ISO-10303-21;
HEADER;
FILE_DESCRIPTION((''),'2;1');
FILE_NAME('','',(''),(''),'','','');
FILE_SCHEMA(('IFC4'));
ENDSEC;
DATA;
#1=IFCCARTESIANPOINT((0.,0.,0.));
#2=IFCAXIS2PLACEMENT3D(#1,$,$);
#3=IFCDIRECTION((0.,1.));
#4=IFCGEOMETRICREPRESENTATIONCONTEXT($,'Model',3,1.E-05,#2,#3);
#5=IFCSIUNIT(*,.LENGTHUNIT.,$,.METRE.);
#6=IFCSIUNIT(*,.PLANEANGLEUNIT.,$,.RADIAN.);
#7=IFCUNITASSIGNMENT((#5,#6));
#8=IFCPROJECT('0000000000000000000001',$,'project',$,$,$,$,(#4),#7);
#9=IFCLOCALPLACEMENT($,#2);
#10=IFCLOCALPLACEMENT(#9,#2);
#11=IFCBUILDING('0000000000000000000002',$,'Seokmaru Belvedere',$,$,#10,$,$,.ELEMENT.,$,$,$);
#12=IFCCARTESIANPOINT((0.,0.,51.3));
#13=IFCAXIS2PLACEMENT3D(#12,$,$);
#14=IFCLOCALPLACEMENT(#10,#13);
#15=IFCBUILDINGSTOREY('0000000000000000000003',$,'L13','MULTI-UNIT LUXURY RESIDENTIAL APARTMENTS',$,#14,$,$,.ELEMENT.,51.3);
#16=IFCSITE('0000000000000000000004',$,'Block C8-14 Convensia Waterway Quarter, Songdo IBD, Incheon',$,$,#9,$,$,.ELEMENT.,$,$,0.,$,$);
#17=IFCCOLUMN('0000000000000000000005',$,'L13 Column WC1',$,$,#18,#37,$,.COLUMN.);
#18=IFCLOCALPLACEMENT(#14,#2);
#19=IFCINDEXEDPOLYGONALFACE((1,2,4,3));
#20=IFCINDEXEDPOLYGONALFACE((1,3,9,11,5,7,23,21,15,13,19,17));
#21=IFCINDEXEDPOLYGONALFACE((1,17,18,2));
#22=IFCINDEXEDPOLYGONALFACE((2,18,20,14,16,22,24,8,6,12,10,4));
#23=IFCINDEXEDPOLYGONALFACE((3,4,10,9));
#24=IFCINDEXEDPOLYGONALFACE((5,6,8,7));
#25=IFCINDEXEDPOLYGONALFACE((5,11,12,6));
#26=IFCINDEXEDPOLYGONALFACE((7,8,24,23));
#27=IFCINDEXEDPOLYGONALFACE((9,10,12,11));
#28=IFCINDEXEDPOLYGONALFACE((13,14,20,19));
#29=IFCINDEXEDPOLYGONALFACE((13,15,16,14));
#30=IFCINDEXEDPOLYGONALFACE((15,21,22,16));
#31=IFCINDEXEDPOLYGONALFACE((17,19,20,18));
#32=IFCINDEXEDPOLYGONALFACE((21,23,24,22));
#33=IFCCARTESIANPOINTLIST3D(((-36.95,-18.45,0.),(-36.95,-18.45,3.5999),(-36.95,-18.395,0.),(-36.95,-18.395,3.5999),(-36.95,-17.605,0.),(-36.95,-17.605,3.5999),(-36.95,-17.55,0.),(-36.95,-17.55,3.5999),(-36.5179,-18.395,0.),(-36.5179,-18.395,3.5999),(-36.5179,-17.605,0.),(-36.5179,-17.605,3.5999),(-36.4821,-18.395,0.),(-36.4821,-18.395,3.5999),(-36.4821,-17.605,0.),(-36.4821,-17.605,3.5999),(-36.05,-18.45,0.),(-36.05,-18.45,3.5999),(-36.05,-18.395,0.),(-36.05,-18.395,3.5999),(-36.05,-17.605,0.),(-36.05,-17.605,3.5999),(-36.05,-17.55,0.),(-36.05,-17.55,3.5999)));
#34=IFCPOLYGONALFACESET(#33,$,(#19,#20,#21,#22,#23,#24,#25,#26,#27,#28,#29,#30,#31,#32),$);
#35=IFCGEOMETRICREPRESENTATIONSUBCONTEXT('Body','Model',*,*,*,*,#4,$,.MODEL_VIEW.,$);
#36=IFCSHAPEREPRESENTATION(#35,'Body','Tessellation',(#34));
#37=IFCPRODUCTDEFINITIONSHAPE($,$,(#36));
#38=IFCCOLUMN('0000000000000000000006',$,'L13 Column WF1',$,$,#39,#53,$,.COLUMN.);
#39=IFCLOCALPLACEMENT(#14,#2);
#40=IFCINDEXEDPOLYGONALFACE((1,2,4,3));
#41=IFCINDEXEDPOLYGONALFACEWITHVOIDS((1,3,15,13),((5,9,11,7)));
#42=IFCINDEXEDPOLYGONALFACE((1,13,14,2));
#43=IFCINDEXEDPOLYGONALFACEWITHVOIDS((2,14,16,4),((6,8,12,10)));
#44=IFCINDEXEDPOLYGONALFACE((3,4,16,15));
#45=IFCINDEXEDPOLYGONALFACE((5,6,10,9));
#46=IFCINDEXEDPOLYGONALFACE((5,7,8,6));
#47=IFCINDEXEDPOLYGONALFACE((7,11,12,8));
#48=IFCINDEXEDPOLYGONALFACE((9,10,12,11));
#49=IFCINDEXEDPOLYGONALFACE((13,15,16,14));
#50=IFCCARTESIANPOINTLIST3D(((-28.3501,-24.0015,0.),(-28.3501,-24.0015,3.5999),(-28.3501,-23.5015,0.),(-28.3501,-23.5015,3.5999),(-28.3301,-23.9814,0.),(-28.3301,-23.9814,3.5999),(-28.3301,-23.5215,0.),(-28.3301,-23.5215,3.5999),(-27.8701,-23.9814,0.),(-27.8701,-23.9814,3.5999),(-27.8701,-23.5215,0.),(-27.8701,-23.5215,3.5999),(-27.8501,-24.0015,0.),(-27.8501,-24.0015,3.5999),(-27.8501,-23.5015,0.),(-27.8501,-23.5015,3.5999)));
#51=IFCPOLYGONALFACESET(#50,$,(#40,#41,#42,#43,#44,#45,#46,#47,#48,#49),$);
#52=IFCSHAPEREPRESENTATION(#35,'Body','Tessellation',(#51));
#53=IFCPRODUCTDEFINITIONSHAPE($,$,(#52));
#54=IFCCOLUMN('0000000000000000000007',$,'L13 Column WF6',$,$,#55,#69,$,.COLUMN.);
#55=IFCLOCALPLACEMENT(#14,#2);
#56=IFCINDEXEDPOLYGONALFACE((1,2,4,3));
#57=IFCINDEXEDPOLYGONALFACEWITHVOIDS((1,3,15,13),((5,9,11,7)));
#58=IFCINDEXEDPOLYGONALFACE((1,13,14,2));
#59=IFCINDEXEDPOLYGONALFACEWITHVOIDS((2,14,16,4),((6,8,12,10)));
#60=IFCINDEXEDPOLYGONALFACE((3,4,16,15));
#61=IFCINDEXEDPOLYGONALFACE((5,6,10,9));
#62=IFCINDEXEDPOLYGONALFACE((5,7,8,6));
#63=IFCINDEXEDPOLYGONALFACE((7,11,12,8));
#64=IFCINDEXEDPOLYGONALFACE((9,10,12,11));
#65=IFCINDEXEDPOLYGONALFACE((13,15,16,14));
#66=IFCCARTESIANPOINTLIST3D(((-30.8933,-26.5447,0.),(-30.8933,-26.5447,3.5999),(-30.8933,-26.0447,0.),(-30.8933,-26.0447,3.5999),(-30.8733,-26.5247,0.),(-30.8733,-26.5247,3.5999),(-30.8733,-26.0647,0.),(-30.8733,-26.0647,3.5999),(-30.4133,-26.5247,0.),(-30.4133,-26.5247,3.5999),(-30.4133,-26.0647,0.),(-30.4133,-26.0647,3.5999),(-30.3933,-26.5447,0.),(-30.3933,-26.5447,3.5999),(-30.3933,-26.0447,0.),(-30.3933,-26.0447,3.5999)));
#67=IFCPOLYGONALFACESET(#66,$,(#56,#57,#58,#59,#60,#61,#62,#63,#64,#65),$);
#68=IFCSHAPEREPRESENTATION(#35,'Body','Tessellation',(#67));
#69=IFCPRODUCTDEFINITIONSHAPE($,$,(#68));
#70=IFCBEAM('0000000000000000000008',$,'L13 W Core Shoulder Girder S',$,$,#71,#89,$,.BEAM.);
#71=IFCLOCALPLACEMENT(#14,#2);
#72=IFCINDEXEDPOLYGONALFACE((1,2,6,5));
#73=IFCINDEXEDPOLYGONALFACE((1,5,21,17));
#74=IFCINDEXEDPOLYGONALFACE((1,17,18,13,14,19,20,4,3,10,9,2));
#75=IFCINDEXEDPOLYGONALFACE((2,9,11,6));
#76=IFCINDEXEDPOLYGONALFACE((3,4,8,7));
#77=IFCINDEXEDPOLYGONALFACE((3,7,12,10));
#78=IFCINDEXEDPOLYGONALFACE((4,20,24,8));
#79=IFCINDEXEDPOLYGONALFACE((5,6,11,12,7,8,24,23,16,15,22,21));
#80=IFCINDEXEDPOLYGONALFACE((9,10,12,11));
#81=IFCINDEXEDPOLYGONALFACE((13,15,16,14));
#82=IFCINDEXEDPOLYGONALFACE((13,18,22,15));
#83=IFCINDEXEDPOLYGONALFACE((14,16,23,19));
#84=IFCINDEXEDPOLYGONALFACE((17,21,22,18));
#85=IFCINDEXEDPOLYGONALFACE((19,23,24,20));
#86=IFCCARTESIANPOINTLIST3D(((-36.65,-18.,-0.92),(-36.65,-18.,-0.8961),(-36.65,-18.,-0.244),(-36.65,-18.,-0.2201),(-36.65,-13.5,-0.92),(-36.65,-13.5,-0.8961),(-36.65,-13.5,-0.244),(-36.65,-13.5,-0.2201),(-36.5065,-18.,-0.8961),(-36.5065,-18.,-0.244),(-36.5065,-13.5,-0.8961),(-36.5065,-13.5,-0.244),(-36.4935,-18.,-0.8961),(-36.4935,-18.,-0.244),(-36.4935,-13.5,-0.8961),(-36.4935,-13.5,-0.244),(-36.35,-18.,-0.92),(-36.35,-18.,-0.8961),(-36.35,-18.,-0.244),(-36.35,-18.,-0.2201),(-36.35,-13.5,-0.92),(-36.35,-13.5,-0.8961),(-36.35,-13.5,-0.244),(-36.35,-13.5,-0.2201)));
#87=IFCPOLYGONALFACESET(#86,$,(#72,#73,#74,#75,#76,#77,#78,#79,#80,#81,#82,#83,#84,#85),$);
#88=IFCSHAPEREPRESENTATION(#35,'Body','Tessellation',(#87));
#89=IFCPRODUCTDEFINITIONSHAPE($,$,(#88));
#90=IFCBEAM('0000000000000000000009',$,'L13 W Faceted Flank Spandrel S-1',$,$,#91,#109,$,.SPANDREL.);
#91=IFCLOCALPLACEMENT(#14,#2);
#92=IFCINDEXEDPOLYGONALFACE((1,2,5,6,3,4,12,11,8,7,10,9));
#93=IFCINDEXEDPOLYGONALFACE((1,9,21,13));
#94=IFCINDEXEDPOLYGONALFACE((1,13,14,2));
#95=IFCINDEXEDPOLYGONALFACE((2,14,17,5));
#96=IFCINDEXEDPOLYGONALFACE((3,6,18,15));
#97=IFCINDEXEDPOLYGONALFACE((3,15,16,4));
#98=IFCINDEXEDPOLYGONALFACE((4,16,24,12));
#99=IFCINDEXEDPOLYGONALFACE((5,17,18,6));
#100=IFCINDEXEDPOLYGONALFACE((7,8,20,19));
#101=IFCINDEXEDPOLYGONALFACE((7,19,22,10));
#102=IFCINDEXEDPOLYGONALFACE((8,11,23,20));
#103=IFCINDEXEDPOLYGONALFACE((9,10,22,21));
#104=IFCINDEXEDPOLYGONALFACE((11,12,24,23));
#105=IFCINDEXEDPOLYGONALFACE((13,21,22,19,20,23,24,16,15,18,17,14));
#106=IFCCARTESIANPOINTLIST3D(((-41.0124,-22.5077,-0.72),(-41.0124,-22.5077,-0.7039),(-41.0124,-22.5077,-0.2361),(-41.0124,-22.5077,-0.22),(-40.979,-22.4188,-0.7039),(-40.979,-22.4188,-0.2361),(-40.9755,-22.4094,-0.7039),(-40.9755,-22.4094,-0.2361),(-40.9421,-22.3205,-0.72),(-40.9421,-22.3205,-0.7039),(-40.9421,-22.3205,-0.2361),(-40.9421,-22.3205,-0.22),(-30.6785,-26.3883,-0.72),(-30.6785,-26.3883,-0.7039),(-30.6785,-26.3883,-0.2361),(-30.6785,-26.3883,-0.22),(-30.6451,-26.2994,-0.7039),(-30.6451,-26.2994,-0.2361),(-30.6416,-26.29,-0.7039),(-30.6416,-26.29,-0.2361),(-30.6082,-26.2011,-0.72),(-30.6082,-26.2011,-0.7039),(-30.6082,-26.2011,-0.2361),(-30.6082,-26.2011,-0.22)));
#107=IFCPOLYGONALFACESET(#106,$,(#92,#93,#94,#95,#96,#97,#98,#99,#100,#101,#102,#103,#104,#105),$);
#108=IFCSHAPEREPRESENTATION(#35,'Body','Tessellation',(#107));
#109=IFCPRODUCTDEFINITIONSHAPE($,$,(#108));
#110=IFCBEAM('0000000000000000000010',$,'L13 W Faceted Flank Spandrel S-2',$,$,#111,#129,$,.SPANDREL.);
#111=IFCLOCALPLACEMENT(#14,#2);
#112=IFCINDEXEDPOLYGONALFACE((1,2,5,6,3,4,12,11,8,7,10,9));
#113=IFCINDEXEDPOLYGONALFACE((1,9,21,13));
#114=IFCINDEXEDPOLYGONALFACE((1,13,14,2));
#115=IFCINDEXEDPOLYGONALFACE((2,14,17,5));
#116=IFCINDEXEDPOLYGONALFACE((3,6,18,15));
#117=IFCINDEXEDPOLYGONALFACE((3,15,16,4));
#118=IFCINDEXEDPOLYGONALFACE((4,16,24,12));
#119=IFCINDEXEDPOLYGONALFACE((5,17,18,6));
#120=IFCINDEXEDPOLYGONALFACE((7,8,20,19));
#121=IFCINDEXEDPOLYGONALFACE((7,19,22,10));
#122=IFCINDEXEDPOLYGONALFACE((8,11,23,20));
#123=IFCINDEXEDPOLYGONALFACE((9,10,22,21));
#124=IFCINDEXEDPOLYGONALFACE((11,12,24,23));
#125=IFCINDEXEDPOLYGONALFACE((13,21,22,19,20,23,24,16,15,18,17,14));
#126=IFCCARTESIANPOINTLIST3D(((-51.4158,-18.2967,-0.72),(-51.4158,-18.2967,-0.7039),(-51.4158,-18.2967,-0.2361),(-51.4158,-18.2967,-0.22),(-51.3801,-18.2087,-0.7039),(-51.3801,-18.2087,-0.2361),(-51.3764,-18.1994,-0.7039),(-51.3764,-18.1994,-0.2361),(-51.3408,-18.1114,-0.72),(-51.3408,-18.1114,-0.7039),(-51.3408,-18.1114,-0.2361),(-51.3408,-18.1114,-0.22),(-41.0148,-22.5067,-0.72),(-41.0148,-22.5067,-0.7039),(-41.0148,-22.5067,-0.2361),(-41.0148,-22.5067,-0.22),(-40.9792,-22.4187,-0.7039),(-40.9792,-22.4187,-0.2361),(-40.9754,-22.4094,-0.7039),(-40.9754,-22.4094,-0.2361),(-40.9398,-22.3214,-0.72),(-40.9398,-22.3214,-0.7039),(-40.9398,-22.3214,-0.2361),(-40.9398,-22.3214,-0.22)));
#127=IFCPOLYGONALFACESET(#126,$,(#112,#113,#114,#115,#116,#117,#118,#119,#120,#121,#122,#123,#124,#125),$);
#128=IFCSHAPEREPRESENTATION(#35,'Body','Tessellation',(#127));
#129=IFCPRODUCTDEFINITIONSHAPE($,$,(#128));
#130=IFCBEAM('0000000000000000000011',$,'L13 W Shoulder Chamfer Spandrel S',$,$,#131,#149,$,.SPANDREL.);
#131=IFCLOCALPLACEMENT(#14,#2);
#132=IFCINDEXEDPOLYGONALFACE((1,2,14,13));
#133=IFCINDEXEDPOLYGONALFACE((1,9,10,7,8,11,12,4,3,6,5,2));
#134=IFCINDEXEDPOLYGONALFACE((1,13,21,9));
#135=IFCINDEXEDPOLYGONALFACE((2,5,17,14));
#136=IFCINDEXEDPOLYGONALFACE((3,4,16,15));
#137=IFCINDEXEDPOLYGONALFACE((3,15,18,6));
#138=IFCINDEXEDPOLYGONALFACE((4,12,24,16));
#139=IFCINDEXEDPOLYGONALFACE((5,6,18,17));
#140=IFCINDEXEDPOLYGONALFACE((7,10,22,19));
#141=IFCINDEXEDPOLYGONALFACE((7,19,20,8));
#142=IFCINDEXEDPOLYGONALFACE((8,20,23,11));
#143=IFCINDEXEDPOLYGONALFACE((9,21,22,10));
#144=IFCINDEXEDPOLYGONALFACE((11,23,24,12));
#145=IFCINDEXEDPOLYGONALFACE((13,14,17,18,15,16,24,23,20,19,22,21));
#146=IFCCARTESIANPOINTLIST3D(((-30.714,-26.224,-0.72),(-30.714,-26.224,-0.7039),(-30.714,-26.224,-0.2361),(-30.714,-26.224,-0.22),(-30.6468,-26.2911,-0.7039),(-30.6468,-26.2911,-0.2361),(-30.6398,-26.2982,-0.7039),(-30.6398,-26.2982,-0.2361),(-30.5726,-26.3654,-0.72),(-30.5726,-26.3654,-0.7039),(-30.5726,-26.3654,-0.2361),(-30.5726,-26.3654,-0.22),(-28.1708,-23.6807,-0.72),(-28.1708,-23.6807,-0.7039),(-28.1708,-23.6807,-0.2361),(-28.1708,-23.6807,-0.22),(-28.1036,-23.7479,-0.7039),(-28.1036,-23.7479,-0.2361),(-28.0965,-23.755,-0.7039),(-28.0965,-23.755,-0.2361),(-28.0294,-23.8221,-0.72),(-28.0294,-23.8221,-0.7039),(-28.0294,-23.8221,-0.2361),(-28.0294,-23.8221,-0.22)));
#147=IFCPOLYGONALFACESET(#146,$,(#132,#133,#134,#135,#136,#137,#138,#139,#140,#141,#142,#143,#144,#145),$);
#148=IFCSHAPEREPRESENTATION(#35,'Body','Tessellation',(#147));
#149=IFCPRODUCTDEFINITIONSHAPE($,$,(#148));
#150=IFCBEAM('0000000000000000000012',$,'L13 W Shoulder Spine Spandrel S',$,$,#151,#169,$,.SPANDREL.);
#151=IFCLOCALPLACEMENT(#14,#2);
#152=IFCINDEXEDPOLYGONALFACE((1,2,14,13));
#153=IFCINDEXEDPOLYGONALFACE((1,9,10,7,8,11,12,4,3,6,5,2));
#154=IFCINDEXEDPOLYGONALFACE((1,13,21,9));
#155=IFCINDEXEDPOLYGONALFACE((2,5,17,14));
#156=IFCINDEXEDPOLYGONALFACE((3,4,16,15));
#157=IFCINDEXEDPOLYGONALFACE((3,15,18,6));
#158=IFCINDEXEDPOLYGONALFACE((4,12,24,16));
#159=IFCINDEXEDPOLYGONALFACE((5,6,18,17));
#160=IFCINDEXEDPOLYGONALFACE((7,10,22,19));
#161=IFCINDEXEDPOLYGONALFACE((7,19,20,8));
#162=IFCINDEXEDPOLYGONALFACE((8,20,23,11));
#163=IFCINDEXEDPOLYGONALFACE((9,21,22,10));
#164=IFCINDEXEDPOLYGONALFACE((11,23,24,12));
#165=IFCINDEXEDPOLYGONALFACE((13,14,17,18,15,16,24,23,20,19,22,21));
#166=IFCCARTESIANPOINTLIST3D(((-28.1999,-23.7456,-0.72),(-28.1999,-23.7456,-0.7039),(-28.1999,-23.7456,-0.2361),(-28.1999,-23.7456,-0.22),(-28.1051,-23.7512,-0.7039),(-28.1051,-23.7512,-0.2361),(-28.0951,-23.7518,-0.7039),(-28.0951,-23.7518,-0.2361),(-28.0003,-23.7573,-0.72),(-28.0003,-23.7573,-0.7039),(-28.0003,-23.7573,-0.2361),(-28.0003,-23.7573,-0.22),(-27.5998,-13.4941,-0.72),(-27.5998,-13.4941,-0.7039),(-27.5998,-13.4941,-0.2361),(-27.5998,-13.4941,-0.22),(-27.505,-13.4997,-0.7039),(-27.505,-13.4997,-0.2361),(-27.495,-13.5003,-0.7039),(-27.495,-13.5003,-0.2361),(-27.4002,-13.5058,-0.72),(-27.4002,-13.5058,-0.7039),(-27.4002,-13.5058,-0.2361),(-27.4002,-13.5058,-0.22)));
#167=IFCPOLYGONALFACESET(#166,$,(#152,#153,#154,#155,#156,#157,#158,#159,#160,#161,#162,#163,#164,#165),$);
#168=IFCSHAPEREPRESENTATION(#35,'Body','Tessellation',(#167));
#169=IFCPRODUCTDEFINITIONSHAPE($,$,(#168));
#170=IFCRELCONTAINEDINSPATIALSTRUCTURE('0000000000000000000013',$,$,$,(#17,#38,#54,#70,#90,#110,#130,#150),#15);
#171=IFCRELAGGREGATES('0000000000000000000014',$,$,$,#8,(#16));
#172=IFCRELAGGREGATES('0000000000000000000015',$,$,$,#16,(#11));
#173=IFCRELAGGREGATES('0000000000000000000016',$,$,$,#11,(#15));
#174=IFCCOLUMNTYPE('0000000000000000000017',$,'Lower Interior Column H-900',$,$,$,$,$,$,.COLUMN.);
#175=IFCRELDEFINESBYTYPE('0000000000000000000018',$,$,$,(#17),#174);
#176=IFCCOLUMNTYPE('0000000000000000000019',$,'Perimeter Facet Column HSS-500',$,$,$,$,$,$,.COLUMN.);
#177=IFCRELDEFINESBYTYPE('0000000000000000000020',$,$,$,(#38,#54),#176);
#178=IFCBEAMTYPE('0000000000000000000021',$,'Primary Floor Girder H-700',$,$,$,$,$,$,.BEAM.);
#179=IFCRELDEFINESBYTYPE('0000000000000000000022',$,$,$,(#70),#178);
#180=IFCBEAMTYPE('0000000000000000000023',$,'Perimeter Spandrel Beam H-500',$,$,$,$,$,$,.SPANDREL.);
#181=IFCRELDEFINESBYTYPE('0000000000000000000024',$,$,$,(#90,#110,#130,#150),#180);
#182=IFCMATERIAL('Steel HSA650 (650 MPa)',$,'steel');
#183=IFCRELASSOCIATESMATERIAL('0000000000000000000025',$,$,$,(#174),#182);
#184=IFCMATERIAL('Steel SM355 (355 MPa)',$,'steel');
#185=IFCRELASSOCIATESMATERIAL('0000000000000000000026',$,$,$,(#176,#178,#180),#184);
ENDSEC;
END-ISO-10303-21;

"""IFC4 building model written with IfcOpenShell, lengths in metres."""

from ifc_helpers import new_model, si_unit, direction, frame, origin, origin_2d, place, context, subcontext, project, spatial, hollow_rectangle, i_section, extrude, source, transform, mapped, material, material_profile, profile_set, type_object, type_shapes, element, save


model = new_model("IFC4")

# Units and contexts
model_context = context("Model", 3, precision=1e-05, world=origin(), true_north=direction((0.0, 1.0)))
body_context = subcontext(model_context, "Body", "Model", "MODEL_VIEW")
ifc_project = project(units=[si_unit("LENGTHUNIT", "METRE"), si_unit("PLANEANGLEUNIT", "RADIAN")], contexts=[model_context])

# Site, building, storey
site_placement = place(None, origin())
site = spatial("IfcSite", under=ifc_project, at=site_placement, Name="Block C8-14 Convensia Waterway Quarter, Songdo IBD, Incheon", CompositionType="ELEMENT", RefElevation=0.0)
building_placement = place(site_placement, origin())
building = spatial("IfcBuilding", under=site, at=building_placement, Name="Seokmaru Belvedere", CompositionType="ELEMENT")
storey_placement = place(building_placement, frame((0.0, 0.0, 51.3)))
storey = spatial("IfcBuildingStorey", under=building, at=storey_placement, Name="L13", Description="MULTI-UNIT LUXURY RESIDENTIAL APARTMENTS", CompositionType="ELEMENT", Elevation=51.3)

# Columns
ifc_material_1 = material(Name="Steel HSA650 (650 MPa)", Category="steel")
ifc_material_profile_1 = material_profile(ifc_material_1, i_section(OverallWidth=0.8999, OverallDepth=0.8999, WebThickness=0.0359, FlangeThickness=0.0549, at=origin_2d()), Name="H-900x900x36x55")
ifc_profile_set_1 = profile_set([ifc_material_profile_1], Name="Steel HSA650 (650 MPa)")
column_type_1 = type_object("IfcColumnType", Name="Lower Interior Column H-900", PredefinedType="COLUMN", material=ifc_profile_set_1)
shared_shape_1 = source(origin(), body_context, "Body", "SweptSolid", [
    extrude(i_section(OverallWidth=0.8999, OverallDepth=0.8999, WebThickness=0.0359, FlangeThickness=0.0549, at=origin_2d()), origin(), (0.0, 0.0, 1.0), 3.5999),
])
type_shapes(column_type_1, [shared_shape_1])
column_placement = place(storey_placement, frame((-36.5, -18.0, 0.0), z_axis=(0.0, 0.0, 1.0), x_axis=(1.0, 0.0, 0.0)))
element("IfcColumn", 1, at=column_placement, inside=storey, type_object=column_type_1, Name="L13 Column WC1", PredefinedType="COLUMN", context=body_context, shape_type="MappedRepresentation", body=[
    mapped(shared_shape_1, transform((0.0, 0.0, 0.0), scale=1.0)),
])
ifc_material_2 = material(Name="Steel SM355 (355 MPa)", Category="steel")
ifc_material_profile_2 = material_profile(ifc_material_2, hollow_rectangle(XDim=0.5, YDim=0.5, WallThickness=0.02, at=origin_2d()), Name="HSS-500x500x20")
ifc_profile_set_2 = profile_set([ifc_material_profile_2], Name="Steel SM355 (355 MPa)")
column_type_2 = type_object("IfcColumnType", Name="Perimeter Facet Column HSS-500", PredefinedType="COLUMN", material=ifc_profile_set_2)
shared_shape_2 = source(origin(), body_context, "Body", "SweptSolid", [
    extrude(hollow_rectangle(XDim=0.5, YDim=0.5, WallThickness=0.02, at=origin_2d()), origin(), (0.0, 0.0, 1.0), 3.5999),
])
type_shapes(column_type_2, [shared_shape_2])
for number, where, z_axis, x_axis, name in (
    (2, (-28.1001, -23.7515, 0.0), (0.0, 0.0, 1.0), (1.0, 0.0, 0.0), "L13 Column WF1"),
    (3, (-30.6433, -26.2947, 0.0), (0.0, 0.0, 1.0), (1.0, 0.0, 0.0), "L13 Column WF6"),
):
    element("IfcColumn", number, at=place(storey_placement, frame(where, z_axis=z_axis, x_axis=x_axis)), inside=storey, type_object=column_type_2, Name=name, PredefinedType="COLUMN", context=body_context, shape_type="MappedRepresentation", body=[
        mapped(shared_shape_2, transform((0.0, 0.0, 0.0), scale=1.0)),
    ])

# Beams
ifc_material_profile_3 = material_profile(ifc_material_2, i_section(OverallWidth=0.3, OverallDepth=0.7, WebThickness=0.0129, FlangeThickness=0.0239, at=origin_2d()), Name="H-700x300x13x24")
ifc_profile_set_3 = profile_set([ifc_material_profile_3], Name="Steel SM355 (355 MPa)")
beam_type_1 = type_object("IfcBeamType", Name="Primary Floor Girder H-700", PredefinedType="BEAM", material=ifc_profile_set_3)
shared_shape_3 = source(origin(), body_context, "Body", "SweptSolid", [
    extrude(i_section(OverallWidth=0.3, OverallDepth=0.7, WebThickness=0.0129, FlangeThickness=0.0239, at=origin_2d()), origin(), (0.0, 0.0, 1.0), 4.5),
])
beam_1_placement = place(storey_placement, frame((-36.5, -18.0, -0.5701), z_axis=(0.0, 1.0, 0.0), x_axis=(-1.0, 0.0, 0.0)))
element("IfcBeam", 4, at=beam_1_placement, inside=storey, type_object=beam_type_1, Name="L13 W Core Shoulder Girder S", PredefinedType="BEAM", context=body_context, shape_type="MappedRepresentation", body=[
    mapped(shared_shape_3, transform((0.0, 0.0, 0.0), scale=1.0)),
])
ifc_material_profile_4 = material_profile(ifc_material_2, i_section(OverallWidth=0.2, OverallDepth=0.5, WebThickness=0.01, FlangeThickness=0.0161, at=origin_2d()), Name="H-500x200x10x16")
ifc_profile_set_4 = profile_set([ifc_material_profile_4], Name="Steel SM355 (355 MPa)")
beam_type_2 = type_object("IfcBeamType", Name="Perimeter Spandrel Beam H-500", PredefinedType="SPANDREL", material=ifc_profile_set_4)
shared_shape_4 = source(origin(), body_context, "Body", "SweptSolid", [
    extrude(i_section(OverallWidth=0.2, OverallDepth=0.5, WebThickness=0.01, FlangeThickness=0.0161, at=origin_2d()), origin(), (0.0, 0.0, 1.0), 11.0386),
])
beam_2_placement = place(storey_placement, frame((-30.6433, -26.2947, -0.47), z_axis=(-0.936169, 0.35155, 0.0), x_axis=(-0.35155, -0.936169, 0.0)))
element("IfcBeam", 5, at=beam_2_placement, inside=storey, type_object=beam_type_2, Name="L13 W Faceted Flank Spandrel S-1", PredefinedType="SPANDREL", context=body_context, shape_type="MappedRepresentation", body=[
    mapped(shared_shape_4, transform((0.0, 0.0, 0.0), scale=1.0)),
])
shared_shape_5 = source(origin(), body_context, "Body", "SweptSolid", [
    extrude(i_section(OverallWidth=0.2, OverallDepth=0.5, WebThickness=0.01, FlangeThickness=0.0161, at=origin_2d()), origin(), (0.0, 0.0, 1.0), 11.2207),
])
beam_3_placement = place(storey_placement, frame((-40.9773, -22.4141, -0.47), z_axis=(-0.926944, 0.375199, 0.0), x_axis=(-0.375199, -0.926944, 0.0)))
element("IfcBeam", 6, at=beam_3_placement, inside=storey, type_object=beam_type_2, Name="L13 W Faceted Flank Spandrel S-2", PredefinedType="SPANDREL", context=body_context, shape_type="MappedRepresentation", body=[
    mapped(shared_shape_5, transform((0.0, 0.0, 0.0), scale=1.0)),
])
shared_shape_6 = source(origin(), body_context, "Body", "SweptSolid", [
    extrude(i_section(OverallWidth=0.2, OverallDepth=0.5, WebThickness=0.01, FlangeThickness=0.0161, at=origin_2d()), origin(), (0.0, 0.0, 1.0), 3.5967),
])
beam_4_placement = place(storey_placement, frame((-30.6433, -26.2947, -0.47), z_axis=(0.707107, 0.707107, 0.0), x_axis=(-0.707107, 0.707107, 0.0)))
element("IfcBeam", 7, at=beam_4_placement, inside=storey, type_object=beam_type_2, Name="L13 W Shoulder Chamfer Spandrel S", PredefinedType="SPANDREL", context=body_context, shape_type="MappedRepresentation", body=[
    mapped(shared_shape_6, transform((0.0, 0.0, 0.0), scale=1.0)),
])
shared_shape_7 = source(origin(), body_context, "Body", "SweptSolid", [
    extrude(i_section(OverallWidth=0.2, OverallDepth=0.5, WebThickness=0.01, FlangeThickness=0.0161, at=origin_2d()), origin(), (0.0, 0.0, 1.0), 10.269),
])
type_shapes(beam_type_2, [shared_shape_4, shared_shape_5, shared_shape_6, shared_shape_7])
beam_5_placement = place(storey_placement, frame((-28.1001, -23.7515, -0.47), z_axis=(0.058438, 0.998291, 0.0), x_axis=(-0.998291, 0.058438, 0.0)))
element("IfcBeam", 8, at=beam_5_placement, inside=storey, type_object=beam_type_2, Name="L13 W Shoulder Spine Spandrel S", PredefinedType="SPANDREL", context=body_context, shape_type="MappedRepresentation", body=[
    mapped(shared_shape_7, transform((0.0, 0.0, 0.0), scale=1.0)),
])

save(model, "model.ifc")
